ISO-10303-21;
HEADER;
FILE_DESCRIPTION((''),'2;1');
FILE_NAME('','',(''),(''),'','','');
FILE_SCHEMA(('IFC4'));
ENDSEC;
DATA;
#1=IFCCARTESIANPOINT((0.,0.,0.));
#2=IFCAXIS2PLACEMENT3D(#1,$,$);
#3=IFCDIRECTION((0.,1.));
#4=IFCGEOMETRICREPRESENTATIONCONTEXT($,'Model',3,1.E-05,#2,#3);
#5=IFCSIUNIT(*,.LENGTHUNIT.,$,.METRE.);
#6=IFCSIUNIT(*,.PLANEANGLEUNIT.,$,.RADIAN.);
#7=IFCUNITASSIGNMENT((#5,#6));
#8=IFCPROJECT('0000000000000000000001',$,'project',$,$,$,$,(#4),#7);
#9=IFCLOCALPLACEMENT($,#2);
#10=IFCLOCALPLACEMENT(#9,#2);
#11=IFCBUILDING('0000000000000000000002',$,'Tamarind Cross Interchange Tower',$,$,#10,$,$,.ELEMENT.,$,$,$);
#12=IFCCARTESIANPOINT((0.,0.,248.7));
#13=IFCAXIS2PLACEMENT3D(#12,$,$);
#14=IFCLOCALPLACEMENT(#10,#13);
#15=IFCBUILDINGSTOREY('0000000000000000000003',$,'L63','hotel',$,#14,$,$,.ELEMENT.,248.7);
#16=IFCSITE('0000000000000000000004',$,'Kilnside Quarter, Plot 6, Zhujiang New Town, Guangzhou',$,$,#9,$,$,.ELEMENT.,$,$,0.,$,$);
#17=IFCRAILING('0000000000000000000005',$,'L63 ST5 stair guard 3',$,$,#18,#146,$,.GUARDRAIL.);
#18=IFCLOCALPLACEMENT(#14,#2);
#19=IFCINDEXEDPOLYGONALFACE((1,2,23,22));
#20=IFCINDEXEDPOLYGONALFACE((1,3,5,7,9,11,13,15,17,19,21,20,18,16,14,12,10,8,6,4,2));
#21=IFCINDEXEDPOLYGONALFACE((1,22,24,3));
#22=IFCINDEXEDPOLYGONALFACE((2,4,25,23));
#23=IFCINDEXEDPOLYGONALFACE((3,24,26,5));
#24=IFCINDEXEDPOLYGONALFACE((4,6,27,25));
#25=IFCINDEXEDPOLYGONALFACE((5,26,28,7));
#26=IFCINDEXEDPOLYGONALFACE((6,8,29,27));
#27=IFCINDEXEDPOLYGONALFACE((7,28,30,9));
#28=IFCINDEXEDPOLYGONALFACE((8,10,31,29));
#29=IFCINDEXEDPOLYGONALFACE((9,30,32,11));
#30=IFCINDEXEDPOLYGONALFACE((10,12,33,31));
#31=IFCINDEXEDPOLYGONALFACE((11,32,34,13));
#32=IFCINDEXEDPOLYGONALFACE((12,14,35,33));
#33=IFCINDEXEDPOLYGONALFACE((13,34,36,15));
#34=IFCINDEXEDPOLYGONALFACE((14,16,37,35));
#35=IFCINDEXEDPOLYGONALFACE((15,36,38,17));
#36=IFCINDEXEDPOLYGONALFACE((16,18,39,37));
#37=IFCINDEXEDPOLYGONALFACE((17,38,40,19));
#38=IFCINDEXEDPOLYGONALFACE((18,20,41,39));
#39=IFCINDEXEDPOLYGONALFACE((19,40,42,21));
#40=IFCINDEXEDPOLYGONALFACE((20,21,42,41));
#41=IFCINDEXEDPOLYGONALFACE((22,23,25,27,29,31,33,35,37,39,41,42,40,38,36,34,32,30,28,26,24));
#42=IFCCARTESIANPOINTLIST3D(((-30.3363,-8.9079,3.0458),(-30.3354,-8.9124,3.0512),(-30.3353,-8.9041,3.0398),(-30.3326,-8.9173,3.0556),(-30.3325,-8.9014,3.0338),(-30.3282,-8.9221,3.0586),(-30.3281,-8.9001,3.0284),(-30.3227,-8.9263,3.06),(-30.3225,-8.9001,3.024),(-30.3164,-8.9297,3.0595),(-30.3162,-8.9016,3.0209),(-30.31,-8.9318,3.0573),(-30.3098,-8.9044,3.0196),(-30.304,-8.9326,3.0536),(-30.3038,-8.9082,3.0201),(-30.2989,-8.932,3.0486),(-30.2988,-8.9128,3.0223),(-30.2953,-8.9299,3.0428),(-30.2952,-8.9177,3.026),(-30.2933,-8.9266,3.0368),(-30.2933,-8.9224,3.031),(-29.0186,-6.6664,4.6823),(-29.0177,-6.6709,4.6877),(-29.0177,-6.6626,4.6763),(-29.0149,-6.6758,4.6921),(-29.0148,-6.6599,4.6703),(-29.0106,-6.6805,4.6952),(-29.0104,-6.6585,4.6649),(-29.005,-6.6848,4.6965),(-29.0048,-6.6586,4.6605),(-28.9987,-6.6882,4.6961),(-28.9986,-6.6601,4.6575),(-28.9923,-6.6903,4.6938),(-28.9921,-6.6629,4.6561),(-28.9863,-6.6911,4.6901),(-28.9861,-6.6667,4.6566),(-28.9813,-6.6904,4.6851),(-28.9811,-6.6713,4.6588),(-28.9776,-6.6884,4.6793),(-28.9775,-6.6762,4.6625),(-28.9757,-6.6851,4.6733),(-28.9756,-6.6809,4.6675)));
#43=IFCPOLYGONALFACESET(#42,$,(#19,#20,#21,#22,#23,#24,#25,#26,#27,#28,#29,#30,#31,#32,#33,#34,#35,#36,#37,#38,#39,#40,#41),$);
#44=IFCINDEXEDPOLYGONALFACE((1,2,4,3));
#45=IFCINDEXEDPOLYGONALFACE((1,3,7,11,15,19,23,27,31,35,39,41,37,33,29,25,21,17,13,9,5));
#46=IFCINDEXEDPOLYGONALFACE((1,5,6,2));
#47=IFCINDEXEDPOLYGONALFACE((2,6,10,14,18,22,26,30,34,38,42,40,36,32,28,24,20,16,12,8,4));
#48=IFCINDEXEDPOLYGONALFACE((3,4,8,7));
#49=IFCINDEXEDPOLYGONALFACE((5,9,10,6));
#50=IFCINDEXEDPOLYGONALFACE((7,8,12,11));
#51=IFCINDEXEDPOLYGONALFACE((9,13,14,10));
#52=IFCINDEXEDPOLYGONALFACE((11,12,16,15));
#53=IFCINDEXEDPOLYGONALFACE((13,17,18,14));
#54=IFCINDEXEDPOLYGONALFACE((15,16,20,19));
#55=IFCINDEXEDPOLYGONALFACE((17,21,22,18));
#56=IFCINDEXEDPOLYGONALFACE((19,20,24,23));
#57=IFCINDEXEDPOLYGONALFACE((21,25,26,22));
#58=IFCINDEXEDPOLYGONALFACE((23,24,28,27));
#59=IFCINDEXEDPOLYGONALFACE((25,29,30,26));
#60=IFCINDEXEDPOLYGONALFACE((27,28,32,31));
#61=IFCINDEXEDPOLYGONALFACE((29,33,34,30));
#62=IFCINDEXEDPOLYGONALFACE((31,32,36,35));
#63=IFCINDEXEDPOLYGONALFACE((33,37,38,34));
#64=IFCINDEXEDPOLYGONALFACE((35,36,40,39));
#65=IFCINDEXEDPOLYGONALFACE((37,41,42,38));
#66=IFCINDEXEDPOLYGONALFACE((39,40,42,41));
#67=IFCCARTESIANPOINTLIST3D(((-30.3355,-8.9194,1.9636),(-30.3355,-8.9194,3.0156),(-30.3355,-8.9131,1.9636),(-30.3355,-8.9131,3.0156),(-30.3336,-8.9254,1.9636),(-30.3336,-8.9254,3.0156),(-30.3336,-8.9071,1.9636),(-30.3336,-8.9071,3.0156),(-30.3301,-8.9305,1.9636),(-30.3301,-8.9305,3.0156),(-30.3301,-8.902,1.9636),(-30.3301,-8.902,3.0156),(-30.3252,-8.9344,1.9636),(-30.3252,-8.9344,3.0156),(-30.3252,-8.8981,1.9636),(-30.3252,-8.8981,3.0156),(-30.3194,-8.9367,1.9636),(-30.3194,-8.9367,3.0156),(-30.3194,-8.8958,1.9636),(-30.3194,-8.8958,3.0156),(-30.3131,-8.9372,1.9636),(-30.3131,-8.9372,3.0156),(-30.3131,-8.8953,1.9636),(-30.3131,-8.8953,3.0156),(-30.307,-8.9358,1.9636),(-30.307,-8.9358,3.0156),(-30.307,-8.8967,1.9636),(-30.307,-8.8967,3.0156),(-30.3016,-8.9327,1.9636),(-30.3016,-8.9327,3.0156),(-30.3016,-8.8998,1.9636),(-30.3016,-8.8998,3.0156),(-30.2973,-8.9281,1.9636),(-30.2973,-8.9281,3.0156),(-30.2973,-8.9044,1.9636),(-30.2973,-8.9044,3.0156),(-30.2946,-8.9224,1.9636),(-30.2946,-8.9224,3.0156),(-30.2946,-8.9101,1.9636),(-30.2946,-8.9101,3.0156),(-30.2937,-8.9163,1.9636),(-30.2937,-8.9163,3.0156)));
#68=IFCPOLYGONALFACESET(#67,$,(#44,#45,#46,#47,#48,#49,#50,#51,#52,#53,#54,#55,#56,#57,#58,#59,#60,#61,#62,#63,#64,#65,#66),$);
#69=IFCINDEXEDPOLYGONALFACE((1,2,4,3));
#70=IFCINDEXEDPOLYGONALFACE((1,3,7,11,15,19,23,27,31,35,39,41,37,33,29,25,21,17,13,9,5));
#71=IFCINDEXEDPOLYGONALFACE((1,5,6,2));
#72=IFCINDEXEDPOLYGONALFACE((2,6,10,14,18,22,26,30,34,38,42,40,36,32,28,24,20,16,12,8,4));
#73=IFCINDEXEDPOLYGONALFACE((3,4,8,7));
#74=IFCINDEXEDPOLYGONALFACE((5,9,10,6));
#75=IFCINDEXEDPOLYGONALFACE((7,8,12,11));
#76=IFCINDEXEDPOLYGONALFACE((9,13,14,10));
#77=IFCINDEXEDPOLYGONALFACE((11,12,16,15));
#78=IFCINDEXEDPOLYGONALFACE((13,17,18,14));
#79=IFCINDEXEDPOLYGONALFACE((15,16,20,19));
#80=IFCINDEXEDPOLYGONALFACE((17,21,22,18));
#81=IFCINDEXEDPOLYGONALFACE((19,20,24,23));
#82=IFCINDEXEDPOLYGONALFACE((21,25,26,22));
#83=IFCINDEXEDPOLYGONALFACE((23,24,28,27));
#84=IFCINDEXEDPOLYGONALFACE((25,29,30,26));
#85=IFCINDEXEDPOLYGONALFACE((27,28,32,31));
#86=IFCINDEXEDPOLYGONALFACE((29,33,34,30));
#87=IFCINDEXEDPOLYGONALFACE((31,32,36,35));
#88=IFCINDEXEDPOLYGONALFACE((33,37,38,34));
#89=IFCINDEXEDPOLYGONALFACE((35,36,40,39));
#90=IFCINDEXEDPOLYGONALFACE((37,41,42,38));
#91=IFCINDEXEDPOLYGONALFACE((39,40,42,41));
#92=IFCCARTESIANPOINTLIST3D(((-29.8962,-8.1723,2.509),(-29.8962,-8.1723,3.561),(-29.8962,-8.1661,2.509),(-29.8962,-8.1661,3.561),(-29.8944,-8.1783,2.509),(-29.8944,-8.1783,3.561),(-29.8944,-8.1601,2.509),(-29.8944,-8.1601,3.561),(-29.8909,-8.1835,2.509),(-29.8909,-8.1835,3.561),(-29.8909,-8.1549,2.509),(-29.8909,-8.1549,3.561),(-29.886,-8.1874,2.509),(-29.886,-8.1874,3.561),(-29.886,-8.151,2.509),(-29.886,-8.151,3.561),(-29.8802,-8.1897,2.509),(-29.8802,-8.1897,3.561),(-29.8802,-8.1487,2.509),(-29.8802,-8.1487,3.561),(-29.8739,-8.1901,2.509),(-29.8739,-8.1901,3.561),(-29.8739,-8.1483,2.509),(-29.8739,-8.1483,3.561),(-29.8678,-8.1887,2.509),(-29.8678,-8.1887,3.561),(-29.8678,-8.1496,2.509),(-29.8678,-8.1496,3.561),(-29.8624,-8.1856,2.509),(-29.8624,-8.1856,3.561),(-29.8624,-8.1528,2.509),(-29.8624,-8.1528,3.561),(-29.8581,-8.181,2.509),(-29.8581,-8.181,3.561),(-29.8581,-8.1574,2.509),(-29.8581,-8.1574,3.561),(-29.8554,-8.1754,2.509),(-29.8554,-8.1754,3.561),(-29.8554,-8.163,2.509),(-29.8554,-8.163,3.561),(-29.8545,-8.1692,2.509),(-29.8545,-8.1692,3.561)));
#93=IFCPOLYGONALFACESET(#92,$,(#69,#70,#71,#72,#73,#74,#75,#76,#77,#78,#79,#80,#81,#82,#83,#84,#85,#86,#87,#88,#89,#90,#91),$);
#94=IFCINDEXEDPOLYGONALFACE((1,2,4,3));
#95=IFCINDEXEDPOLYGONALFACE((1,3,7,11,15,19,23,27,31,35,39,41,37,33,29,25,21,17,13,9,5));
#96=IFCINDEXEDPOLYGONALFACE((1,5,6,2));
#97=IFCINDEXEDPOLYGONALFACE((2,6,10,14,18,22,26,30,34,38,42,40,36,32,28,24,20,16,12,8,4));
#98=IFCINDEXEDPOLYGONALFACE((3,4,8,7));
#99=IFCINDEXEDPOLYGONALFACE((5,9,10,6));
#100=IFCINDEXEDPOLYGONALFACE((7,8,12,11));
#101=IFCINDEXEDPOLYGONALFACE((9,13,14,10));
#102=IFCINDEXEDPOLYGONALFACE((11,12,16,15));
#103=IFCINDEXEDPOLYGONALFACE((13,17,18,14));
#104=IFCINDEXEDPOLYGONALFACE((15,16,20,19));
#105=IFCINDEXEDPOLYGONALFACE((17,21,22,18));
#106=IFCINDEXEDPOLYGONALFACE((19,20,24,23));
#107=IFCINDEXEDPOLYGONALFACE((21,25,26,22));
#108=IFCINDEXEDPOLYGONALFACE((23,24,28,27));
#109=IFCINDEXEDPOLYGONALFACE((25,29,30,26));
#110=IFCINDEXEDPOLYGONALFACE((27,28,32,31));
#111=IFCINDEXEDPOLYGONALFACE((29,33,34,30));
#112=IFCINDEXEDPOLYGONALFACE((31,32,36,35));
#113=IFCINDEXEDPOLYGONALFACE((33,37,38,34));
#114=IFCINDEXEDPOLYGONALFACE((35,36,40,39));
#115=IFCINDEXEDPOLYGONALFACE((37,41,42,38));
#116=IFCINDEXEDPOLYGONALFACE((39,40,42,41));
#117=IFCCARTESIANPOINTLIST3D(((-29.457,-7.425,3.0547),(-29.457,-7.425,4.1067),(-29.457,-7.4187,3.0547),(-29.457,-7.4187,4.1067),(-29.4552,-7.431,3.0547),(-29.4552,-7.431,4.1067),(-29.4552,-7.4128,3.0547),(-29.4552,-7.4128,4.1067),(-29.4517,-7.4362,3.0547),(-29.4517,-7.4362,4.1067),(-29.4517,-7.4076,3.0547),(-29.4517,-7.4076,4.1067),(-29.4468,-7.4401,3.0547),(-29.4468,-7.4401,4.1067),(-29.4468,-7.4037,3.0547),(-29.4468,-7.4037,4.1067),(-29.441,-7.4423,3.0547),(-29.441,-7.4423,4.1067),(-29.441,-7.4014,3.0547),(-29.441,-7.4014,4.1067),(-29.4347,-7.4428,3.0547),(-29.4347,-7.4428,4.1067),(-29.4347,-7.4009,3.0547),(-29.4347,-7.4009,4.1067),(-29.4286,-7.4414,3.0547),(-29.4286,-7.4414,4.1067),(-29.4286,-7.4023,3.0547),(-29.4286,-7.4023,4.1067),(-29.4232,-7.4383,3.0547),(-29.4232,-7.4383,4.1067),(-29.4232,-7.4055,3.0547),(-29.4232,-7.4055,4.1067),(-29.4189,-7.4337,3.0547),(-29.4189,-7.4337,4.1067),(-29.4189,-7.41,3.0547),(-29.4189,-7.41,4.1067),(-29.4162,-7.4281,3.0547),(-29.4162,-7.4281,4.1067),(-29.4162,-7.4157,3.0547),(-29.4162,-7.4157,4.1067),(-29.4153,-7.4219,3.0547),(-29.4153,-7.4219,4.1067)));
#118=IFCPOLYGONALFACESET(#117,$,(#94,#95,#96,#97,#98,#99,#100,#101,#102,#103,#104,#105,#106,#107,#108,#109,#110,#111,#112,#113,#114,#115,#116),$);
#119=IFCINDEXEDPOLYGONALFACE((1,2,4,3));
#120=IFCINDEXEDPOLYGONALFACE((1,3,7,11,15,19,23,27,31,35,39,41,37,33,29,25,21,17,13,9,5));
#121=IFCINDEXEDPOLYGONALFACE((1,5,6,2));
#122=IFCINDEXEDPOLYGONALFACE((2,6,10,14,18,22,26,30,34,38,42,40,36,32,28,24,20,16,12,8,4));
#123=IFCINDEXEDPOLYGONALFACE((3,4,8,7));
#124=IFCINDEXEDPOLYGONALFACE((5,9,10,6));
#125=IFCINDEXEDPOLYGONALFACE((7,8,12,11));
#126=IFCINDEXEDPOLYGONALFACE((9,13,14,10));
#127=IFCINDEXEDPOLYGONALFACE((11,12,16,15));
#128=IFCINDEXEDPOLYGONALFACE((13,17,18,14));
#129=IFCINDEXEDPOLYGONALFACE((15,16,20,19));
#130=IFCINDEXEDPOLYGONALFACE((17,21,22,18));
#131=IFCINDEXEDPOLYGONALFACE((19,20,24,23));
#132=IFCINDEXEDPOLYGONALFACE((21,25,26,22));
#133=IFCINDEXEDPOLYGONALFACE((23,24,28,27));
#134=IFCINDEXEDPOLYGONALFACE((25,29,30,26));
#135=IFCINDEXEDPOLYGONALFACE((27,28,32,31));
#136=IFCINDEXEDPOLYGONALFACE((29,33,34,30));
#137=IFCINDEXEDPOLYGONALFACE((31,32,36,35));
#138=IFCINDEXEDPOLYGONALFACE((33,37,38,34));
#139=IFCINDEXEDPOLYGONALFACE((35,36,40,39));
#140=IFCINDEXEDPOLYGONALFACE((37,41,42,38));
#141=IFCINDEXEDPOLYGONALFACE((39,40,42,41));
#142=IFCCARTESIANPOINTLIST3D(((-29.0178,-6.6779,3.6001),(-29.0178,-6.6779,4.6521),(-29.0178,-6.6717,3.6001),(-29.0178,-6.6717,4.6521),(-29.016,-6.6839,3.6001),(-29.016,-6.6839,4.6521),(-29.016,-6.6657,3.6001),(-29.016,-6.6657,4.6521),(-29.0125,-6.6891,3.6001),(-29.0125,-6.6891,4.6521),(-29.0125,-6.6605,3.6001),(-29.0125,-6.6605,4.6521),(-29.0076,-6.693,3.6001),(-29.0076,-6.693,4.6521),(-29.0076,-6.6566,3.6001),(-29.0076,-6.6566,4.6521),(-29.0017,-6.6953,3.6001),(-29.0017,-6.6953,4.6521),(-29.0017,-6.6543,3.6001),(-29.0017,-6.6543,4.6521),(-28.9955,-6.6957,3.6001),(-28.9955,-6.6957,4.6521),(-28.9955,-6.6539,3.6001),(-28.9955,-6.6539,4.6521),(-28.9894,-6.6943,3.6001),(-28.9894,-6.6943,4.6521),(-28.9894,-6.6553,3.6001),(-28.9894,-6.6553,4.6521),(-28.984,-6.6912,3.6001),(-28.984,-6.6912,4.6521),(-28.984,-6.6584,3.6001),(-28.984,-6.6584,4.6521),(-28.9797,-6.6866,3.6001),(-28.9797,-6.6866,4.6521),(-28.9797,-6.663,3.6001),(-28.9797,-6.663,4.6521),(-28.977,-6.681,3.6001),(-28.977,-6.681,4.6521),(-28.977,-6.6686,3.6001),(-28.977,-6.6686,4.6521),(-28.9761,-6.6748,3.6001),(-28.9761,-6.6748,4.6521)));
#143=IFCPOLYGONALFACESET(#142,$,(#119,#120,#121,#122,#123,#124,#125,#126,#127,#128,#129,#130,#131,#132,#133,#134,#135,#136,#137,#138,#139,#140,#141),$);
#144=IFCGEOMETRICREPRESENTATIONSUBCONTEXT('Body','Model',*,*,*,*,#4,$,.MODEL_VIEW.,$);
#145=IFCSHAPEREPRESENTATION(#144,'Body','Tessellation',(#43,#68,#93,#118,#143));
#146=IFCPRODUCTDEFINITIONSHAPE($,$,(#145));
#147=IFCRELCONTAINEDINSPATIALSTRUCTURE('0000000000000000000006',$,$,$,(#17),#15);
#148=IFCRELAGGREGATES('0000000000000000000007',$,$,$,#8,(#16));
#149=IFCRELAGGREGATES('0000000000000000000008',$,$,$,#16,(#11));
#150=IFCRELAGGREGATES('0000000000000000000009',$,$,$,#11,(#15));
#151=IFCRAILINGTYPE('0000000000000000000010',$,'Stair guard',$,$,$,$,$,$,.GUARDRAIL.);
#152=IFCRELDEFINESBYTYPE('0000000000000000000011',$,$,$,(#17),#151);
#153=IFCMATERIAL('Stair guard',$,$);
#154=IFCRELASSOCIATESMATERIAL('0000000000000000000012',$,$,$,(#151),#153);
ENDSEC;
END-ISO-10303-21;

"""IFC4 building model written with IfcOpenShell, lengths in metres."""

from ifc_helpers import new_model, si_unit, direction, frame, origin, origin_2d, place, context, subcontext, project, spatial, circle, extrude, material, type_object, element, save


model = new_model("IFC4")

# Units and contexts
model_context = context("Model", 3, precision=1e-05, world=origin(), true_north=direction((0.0, 1.0)))
body_context = subcontext(model_context, "Body", "Model", "MODEL_VIEW")
ifc_project = project(units=[si_unit("LENGTHUNIT", "METRE"), si_unit("PLANEANGLEUNIT", "RADIAN")], contexts=[model_context])

# Site, building, storey
site_placement = place(None, origin())
site = spatial("IfcSite", under=ifc_project, at=site_placement, Name="Kilnside Quarter, Plot 6, Zhujiang New Town, Guangzhou", CompositionType="ELEMENT", RefElevation=0.0)
building_placement = place(site_placement, origin())
building = spatial("IfcBuilding", under=site, at=building_placement, Name="Tamarind Cross Interchange Tower", CompositionType="ELEMENT")
storey_placement = place(building_placement, frame((0.0, 0.0, 248.7)))
storey = spatial("IfcBuildingStorey", under=building, at=storey_placement, Name="L63", Description="hotel", CompositionType="ELEMENT", Elevation=248.7)

# Railing
ifc_material_1 = material(Name="Stair guard")
railing_type_1 = type_object("IfcRailingType", Name="Stair guard", PredefinedType="GUARDRAIL", material=ifc_material_1)
railing_1_placement = place(storey_placement, frame((-30.3147, -8.9163, 1.9636)))
element("IfcRailing", 1, at=railing_1_placement, inside=storey, type_object=railing_type_1, Name="L63 ST5 stair guard 3", PredefinedType="GUARDRAIL", context=body_context, shape_type="SweptSolid", body=[
    extrude(circle(Radius=0.0239, at=origin_2d()), frame((0.0, 0.0, 1.0762), z_axis=(0.428889, 0.729597, 0.532675), x_axis=(-0.862081, 0.50677, 0.0)), (0.0, 0.0, 1.0), 3.0723),
    extrude(circle(Radius=0.021, at=origin_2d()), origin(), (0.0, 0.0, 1.0), 1.052),
    extrude(circle(Radius=0.021, at=origin_2d()), frame((0.4392, 0.7471, 0.5454)), (0.0, 0.0, 1.0), 1.052),
    extrude(circle(Radius=0.021, at=origin_2d()), frame((0.8784, 1.4944, 1.0911)), (0.0, 0.0, 1.0), 1.052),
    extrude(circle(Radius=0.021, at=origin_2d()), frame((1.3176, 2.2415, 1.6365)), (0.0, 0.0, 1.0), 1.052),
])

save(model, "model.ifc")
